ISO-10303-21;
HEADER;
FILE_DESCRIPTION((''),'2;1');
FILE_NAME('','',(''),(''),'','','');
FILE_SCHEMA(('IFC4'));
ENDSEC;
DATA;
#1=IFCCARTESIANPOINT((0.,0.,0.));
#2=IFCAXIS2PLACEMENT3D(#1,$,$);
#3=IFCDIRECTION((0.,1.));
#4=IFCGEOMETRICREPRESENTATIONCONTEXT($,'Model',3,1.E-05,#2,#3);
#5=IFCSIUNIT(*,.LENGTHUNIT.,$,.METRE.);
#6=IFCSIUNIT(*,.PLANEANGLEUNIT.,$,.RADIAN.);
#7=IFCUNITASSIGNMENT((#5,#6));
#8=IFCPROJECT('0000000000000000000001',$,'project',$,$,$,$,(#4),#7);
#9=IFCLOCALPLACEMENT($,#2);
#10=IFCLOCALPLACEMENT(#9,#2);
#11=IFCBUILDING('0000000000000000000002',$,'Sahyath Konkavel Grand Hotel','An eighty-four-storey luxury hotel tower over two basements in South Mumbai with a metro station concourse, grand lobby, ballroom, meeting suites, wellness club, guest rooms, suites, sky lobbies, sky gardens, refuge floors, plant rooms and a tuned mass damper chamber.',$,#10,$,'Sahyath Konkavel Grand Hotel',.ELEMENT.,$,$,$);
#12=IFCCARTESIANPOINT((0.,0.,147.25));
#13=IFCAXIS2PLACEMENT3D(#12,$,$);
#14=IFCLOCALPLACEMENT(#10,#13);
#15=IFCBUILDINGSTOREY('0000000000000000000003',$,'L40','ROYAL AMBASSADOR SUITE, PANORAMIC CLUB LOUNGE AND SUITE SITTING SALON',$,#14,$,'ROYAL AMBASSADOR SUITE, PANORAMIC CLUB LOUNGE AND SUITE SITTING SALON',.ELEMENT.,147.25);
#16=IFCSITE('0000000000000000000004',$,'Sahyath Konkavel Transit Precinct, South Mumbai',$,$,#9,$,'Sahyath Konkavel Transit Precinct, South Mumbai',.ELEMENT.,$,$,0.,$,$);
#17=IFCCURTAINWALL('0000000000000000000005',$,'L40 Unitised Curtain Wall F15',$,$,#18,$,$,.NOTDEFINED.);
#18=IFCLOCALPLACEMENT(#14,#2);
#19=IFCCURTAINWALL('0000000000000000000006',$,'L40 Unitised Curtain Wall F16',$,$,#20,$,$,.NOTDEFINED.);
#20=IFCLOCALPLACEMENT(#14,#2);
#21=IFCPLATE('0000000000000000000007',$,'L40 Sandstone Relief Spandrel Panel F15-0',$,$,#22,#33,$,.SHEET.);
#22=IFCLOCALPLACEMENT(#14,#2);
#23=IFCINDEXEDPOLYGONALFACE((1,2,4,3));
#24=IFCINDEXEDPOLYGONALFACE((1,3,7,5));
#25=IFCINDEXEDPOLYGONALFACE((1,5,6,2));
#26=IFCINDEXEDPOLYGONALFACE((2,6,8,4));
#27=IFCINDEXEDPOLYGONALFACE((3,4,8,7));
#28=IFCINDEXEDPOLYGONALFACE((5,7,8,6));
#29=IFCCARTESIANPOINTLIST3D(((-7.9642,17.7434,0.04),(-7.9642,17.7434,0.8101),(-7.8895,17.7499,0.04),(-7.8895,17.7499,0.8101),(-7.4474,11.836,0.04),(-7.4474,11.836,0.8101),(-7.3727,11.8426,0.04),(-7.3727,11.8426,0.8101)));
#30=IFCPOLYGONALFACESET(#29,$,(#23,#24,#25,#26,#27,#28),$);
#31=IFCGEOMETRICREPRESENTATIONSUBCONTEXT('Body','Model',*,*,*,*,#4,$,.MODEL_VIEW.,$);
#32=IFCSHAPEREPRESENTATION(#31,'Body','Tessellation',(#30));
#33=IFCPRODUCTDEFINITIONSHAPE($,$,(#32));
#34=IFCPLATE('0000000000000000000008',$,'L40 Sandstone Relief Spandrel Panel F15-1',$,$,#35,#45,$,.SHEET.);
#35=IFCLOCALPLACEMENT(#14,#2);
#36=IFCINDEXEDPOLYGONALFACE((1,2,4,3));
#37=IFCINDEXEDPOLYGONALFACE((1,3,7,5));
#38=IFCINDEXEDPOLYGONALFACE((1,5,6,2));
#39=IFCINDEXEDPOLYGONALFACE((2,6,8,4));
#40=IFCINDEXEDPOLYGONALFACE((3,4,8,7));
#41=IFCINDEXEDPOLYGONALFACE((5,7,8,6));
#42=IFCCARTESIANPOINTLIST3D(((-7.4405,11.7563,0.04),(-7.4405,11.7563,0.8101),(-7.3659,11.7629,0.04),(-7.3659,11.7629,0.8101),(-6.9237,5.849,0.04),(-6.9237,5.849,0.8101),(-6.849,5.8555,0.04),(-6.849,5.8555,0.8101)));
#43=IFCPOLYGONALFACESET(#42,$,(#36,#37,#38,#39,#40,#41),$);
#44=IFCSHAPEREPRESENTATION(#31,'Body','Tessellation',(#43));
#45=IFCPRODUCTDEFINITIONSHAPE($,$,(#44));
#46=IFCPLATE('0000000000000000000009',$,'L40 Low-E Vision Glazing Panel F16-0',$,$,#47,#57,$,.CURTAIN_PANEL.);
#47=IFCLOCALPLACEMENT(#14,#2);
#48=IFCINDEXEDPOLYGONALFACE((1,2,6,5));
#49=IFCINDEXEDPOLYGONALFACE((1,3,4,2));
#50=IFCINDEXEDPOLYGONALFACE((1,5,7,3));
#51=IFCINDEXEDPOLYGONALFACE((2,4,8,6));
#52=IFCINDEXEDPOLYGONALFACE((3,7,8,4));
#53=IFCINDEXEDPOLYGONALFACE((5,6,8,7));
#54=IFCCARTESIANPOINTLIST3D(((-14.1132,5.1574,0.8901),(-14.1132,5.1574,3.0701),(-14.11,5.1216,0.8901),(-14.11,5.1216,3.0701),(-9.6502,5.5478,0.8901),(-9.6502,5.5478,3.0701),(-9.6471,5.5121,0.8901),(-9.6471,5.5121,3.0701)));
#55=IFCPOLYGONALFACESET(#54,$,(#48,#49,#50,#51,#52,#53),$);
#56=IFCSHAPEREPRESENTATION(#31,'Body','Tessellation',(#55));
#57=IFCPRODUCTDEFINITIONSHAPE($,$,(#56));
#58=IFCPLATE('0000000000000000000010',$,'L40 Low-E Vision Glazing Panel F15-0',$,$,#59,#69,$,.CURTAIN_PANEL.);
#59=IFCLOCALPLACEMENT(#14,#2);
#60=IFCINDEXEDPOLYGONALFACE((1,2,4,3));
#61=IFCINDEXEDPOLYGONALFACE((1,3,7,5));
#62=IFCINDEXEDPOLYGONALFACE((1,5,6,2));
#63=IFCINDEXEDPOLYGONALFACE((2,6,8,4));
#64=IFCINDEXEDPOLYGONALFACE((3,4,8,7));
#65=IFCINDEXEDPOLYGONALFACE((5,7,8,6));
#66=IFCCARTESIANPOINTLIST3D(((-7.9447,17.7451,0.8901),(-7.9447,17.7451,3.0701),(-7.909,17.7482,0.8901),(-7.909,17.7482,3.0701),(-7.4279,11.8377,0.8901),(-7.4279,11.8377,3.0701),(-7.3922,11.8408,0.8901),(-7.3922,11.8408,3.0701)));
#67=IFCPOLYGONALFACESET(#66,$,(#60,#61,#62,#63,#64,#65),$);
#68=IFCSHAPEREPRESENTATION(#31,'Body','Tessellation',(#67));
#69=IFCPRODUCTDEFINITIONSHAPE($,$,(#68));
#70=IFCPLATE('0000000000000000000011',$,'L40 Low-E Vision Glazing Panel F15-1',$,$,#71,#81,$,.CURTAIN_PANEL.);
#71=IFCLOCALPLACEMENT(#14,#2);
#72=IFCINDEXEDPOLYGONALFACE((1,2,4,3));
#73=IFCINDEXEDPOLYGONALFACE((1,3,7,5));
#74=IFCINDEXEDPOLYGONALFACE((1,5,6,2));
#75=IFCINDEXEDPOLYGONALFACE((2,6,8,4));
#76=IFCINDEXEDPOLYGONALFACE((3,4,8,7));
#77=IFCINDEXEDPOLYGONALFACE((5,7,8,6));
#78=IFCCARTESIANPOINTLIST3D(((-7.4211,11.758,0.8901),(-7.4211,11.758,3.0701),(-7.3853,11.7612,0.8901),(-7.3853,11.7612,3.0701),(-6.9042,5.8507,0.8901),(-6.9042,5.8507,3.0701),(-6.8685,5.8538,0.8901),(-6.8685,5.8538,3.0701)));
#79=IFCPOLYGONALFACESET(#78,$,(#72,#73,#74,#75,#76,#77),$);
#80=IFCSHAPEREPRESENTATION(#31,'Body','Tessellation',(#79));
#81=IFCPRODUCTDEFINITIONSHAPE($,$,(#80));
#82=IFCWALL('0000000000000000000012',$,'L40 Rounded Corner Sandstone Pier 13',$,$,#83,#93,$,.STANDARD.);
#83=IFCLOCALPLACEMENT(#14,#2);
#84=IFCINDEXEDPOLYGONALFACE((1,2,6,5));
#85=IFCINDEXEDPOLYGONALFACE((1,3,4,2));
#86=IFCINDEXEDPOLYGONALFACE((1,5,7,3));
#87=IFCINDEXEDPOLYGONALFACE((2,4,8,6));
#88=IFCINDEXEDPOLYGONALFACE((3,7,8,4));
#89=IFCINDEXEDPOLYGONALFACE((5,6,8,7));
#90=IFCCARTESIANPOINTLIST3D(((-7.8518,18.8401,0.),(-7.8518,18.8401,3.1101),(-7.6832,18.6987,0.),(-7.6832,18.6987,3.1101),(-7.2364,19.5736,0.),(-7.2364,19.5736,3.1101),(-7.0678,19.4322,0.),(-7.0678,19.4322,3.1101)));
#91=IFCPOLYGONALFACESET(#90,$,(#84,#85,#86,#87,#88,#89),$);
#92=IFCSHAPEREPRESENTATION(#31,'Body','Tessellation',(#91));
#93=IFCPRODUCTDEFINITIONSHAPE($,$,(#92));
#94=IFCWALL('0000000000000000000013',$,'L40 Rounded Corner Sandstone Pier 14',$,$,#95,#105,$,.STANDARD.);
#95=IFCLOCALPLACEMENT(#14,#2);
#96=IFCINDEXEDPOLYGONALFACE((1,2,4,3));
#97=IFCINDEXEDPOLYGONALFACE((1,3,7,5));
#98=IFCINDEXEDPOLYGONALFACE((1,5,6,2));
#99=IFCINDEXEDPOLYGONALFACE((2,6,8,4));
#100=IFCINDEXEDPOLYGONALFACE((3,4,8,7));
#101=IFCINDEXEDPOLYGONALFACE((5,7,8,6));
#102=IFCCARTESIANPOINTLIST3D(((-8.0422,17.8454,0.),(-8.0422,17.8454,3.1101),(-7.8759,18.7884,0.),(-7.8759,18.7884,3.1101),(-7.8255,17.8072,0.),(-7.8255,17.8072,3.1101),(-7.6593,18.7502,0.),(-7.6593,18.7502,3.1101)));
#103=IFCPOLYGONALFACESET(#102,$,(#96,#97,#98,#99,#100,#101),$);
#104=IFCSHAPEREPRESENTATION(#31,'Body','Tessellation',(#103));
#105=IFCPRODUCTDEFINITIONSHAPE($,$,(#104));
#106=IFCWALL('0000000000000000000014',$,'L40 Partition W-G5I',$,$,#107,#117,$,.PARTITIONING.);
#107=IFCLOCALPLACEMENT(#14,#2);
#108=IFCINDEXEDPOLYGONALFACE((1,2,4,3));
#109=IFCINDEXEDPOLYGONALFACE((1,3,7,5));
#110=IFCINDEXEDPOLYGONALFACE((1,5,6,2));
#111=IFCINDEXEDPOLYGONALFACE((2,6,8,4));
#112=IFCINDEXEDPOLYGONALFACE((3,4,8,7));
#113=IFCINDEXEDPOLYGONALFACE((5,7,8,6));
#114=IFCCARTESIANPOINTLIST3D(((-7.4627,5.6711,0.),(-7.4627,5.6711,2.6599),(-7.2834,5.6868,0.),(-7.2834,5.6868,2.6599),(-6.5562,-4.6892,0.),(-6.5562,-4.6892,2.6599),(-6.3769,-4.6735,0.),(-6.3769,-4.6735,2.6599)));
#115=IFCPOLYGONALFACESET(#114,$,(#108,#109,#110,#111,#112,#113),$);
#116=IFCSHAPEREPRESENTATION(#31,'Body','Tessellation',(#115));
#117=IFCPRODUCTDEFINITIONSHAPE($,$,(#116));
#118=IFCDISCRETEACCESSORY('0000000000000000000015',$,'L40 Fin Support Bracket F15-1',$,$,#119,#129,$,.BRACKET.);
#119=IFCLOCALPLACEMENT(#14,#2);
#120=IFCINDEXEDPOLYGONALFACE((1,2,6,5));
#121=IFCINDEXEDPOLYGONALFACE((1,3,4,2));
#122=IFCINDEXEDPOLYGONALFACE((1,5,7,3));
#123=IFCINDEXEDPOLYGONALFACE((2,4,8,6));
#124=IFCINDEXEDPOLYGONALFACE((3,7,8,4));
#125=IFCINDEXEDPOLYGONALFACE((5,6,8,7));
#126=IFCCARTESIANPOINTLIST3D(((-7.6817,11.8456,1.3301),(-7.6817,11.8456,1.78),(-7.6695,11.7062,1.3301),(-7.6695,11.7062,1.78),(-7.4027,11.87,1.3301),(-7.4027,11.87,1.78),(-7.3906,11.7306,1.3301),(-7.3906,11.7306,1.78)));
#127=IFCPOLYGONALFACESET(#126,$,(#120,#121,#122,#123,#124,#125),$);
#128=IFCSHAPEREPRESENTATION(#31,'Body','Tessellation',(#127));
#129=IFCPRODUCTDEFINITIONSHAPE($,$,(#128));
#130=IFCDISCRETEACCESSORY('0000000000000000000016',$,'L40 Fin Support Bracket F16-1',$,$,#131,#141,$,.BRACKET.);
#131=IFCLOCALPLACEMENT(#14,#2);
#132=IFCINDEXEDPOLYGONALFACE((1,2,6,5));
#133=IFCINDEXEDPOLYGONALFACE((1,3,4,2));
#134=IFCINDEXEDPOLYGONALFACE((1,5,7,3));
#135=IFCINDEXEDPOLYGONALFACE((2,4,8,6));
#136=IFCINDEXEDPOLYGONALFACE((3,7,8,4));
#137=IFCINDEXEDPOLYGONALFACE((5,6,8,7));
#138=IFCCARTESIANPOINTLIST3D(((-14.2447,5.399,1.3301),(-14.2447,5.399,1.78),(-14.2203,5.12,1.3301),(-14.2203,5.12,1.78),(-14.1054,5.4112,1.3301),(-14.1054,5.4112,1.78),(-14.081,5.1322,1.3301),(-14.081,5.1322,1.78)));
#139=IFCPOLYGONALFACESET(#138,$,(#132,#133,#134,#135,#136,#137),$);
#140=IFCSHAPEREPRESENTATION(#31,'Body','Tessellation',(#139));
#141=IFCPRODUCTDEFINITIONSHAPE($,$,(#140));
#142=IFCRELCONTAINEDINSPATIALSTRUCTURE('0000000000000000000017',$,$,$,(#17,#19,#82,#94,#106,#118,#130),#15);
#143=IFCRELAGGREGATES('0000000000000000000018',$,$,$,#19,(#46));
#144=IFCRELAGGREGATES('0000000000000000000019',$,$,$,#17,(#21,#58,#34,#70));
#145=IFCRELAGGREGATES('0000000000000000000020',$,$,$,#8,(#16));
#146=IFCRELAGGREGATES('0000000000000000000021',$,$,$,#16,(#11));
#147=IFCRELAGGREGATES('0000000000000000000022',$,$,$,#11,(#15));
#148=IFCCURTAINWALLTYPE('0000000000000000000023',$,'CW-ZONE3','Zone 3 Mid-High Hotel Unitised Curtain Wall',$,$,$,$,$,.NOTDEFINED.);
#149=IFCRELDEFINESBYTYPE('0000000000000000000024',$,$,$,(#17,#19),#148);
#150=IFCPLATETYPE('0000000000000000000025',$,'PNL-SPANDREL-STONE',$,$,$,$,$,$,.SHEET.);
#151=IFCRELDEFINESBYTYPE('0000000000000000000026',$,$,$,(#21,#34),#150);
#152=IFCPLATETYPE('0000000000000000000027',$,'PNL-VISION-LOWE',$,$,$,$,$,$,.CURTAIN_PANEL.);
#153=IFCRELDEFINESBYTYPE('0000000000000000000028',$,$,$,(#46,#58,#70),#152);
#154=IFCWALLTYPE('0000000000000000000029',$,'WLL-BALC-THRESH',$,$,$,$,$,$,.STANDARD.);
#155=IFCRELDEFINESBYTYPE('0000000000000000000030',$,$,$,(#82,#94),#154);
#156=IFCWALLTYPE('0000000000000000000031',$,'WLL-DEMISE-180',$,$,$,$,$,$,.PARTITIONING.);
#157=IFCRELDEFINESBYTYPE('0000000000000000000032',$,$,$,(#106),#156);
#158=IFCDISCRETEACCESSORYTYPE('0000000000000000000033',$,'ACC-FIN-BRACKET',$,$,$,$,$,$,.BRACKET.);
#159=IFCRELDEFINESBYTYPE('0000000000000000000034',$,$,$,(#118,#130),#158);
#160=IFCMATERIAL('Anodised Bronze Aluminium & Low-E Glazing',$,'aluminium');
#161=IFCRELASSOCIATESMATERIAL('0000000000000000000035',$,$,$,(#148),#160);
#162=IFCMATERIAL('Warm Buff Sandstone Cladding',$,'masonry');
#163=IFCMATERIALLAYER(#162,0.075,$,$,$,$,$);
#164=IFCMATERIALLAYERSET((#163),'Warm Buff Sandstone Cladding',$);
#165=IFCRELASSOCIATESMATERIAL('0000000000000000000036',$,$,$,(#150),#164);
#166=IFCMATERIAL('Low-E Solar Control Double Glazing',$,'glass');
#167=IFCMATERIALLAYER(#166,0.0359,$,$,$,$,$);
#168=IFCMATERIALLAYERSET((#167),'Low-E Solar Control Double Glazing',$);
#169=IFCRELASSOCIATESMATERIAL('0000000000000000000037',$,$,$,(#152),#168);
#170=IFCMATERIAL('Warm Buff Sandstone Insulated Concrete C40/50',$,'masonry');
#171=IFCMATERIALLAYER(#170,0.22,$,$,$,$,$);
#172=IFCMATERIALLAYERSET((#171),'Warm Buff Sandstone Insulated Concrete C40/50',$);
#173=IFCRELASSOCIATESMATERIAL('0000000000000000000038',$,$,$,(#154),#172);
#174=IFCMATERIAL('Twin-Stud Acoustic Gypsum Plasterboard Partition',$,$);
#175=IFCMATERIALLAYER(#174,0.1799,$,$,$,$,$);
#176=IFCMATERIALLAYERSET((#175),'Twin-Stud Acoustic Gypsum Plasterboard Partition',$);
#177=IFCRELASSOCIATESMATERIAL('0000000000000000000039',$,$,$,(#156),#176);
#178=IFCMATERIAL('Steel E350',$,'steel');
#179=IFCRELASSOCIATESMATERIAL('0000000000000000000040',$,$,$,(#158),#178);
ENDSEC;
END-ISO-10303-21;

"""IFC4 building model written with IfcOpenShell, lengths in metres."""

from ifc_helpers import new_model, si_unit, direction, frame, frame_2d, origin, origin_2d, place, context, subcontext, project, spatial, rectangle, extrude, source, transform, mapped, material, layer, layer_set, type_object, element, aggregate, save


model = new_model("IFC4")

# Units and contexts
model_context = context("Model", 3, precision=1e-05, world=origin(), true_north=direction((0.0, 1.0)))
body_context = subcontext(model_context, "Body", "Model", "MODEL_VIEW")
ifc_project = project(units=[si_unit("LENGTHUNIT", "METRE"), si_unit("PLANEANGLEUNIT", "RADIAN")], contexts=[model_context])

# Site, building, storey
site_placement = place(None, origin())
site = spatial("IfcSite", under=ifc_project, at=site_placement, Name="Sahyath Konkavel Transit Precinct, South Mumbai", LongName="Sahyath Konkavel Transit Precinct, South Mumbai", CompositionType="ELEMENT", RefElevation=0.0)
building_placement = place(site_placement, origin())
building = spatial("IfcBuilding", under=site, at=building_placement, Name="Sahyath Konkavel Grand Hotel", Description="An eighty-four-storey luxury hotel tower over two basements in South Mumbai with a metro station concourse, grand lobby, ballroom, meeting suites, wellness club, guest rooms, suites, sky lobbies, sky gardens, refuge floors, plant rooms and a tuned mass damper chamber.", LongName="Sahyath Konkavel Grand Hotel", CompositionType="ELEMENT")
storey_placement = place(building_placement, frame((0.0, 0.0, 147.25)))
storey = spatial("IfcBuildingStorey", under=building, at=storey_placement, Name="L40", Description="ROYAL AMBASSADOR SUITE, PANORAMIC CLUB LOUNGE AND SUITE SITTING SALON", LongName="ROYAL AMBASSADOR SUITE, PANORAMIC CLUB LOUNGE AND SUITE SITTING SALON", CompositionType="ELEMENT", Elevation=147.25)

# Curtain walls
ifc_material_1 = material(Name="Anodised Bronze Aluminium & Low-E Glazing", Category="aluminium")
curtain_wall_type = type_object("IfcCurtainWallType", Name="CW-ZONE3", Description="Zone 3 Mid-High Hotel Unitised Curtain Wall", PredefinedType="NOTDEFINED", material=ifc_material_1)
curtain_wall_1_placement = place(storey_placement, origin())
curtain_wall_1 = element("IfcCurtainWall", 1, at=curtain_wall_1_placement, inside=storey, type_object=curtain_wall_type, Name="L40 Unitised Curtain Wall F15", PredefinedType="NOTDEFINED")
curtain_wall_2_placement = place(storey_placement, origin())
curtain_wall_2 = element("IfcCurtainWall", 2, at=curtain_wall_2_placement, inside=storey, type_object=curtain_wall_type, Name="L40 Unitised Curtain Wall F16", PredefinedType="NOTDEFINED")

# Plates
ifc_material_2 = material(Name="Warm Buff Sandstone Cladding", Category="masonry")
ifc_layer_1 = layer(ifc_material_2, 0.075)
ifc_layer_set_1 = layer_set([ifc_layer_1], Name="Warm Buff Sandstone Cladding")
plate_type_1 = type_object("IfcPlateType", Name="PNL-SPANDREL-STONE", PredefinedType="SHEET", material=ifc_layer_set_1)
shared_shape_1 = source(origin(), body_context, "Body", "SweptSolid", [
    extrude(rectangle(XDim=5.9299, YDim=0.075, at=origin_2d()), origin(), (0.0, 0.0, 1.0), 0.77),
])
plate_1_placement = place(storey_placement, frame((-7.6685, 14.793, 0.04), z_axis=(0.0, 0.0, 1.0), x_axis=(0.087156, -0.996195, 0.0)))
plate_1 = element("IfcPlate", 3, at=plate_1_placement, type_object=plate_type_1, Name="L40 Sandstone Relief Spandrel Panel F15-0", PredefinedType="SHEET", context=body_context, shape_type="MappedRepresentation", body=[
    mapped(shared_shape_1, transform((0.0, 0.0, 0.0), scale=1.0)),
])
plate_2_placement = place(storey_placement, frame((-7.1448, 8.8059, 0.04), z_axis=(0.0, 0.0, 1.0), x_axis=(0.087156, -0.996195, 0.0)))
plate_2 = element("IfcPlate", 4, at=plate_2_placement, type_object=plate_type_1, Name="L40 Sandstone Relief Spandrel Panel F15-1", PredefinedType="SHEET", context=body_context, shape_type="MappedRepresentation", body=[
    mapped(shared_shape_1, transform((0.0, 0.0, 0.0), scale=1.0)),
])
ifc_material_3 = material(Name="Low-E Solar Control Double Glazing", Category="glass")
ifc_layer_2 = layer(ifc_material_3, 0.0359)
ifc_layer_set_2 = layer_set([ifc_layer_2], Name="Low-E Solar Control Double Glazing")
plate_type_2 = type_object("IfcPlateType", Name="PNL-VISION-LOWE", PredefinedType="CURTAIN_PANEL", material=ifc_layer_set_2)
shared_shape_2 = source(origin(), body_context, "Body", "SweptSolid", [
    extrude(rectangle(XDim=4.48, YDim=0.0359, at=origin_2d()), origin(), (0.0, 0.0, 1.0), 2.1799),
])
plate_3_placement = place(storey_placement, frame((-11.8801, 5.3347, 0.8901), z_axis=(0.0, 0.0, 1.0), x_axis=(-0.996195, -0.087156, 0.0)))
plate_3 = element("IfcPlate", 5, at=plate_3_placement, type_object=plate_type_2, Name="L40 Low-E Vision Glazing Panel F16-0", PredefinedType="CURTAIN_PANEL", context=body_context, shape_type="MappedRepresentation", body=[
    mapped(shared_shape_2, transform((0.0, 0.0, 0.0), scale=1.0)),
])
aggregate(curtain_wall_2, [plate_3])
shared_shape_3 = source(origin(), body_context, "Body", "SweptSolid", [
    extrude(rectangle(XDim=5.9299, YDim=0.0359, at=origin_2d()), origin(), (0.0, 0.0, 1.0), 2.1799),
])
plate_4_placement = place(storey_placement, frame((-7.6685, 14.793, 0.8901), z_axis=(0.0, 0.0, 1.0), x_axis=(0.087156, -0.996195, 0.0)))
plate_4 = element("IfcPlate", 6, at=plate_4_placement, type_object=plate_type_2, Name="L40 Low-E Vision Glazing Panel F15-0", PredefinedType="CURTAIN_PANEL", context=body_context, shape_type="MappedRepresentation", body=[
    mapped(shared_shape_3, transform((0.0, 0.0, 0.0), scale=1.0)),
])
plate_5_placement = place(storey_placement, frame((-7.1448, 8.8059, 0.8901), z_axis=(0.0, 0.0, 1.0), x_axis=(0.087156, -0.996195, 0.0)))
plate_5 = element("IfcPlate", 7, at=plate_5_placement, type_object=plate_type_2, Name="L40 Low-E Vision Glazing Panel F15-1", PredefinedType="CURTAIN_PANEL", context=body_context, shape_type="MappedRepresentation", body=[
    mapped(shared_shape_3, transform((0.0, 0.0, 0.0), scale=1.0)),
])
aggregate(curtain_wall_1, [plate_1, plate_4, plate_2, plate_5])

# Walls
ifc_material_4 = material(Name="Warm Buff Sandstone Insulated Concrete C40/50", Category="masonry")
ifc_layer_3 = layer(ifc_material_4, 0.22)
ifc_layer_set_3 = layer_set([ifc_layer_3], Name="Warm Buff Sandstone Insulated Concrete C40/50")
wall_type_1 = type_object("IfcWallType", Name="WLL-BALC-THRESH", PredefinedType="STANDARD", material=ifc_layer_set_3)
for number, where, z_axis, x_axis, name in (
    (8, (-7.1521, 19.5029, 0.0), (0.0, 0.0, 1.0), (-0.642714, -0.766107, 0.0), "L40 Rounded Corner Sandstone Pier 13"),
    (9, (-7.7676, 18.7693, 0.0), (0.0, 0.0, 1.0), (-0.173654, -0.984807, 0.0), "L40 Rounded Corner Sandstone Pier 14"),
):
    element("IfcWall", number, at=place(storey_placement, frame(where, z_axis=z_axis, x_axis=x_axis)), inside=storey, type_object=wall_type_1, Name=name, PredefinedType="STANDARD", context=body_context, shape_type="SweptSolid", body=[
        extrude(rectangle(XDim=0.9575, YDim=0.22, at=frame_2d((0.4788, 0.0))), origin(), (0.0, 0.0, 1.0), 3.1101),
    ])
ifc_material_5 = material(Name="Twin-Stud Acoustic Gypsum Plasterboard Partition")
ifc_layer_4 = layer(ifc_material_5, 0.1799)
ifc_layer_set_4 = layer_set([ifc_layer_4], Name="Twin-Stud Acoustic Gypsum Plasterboard Partition")
wall_type_2 = type_object("IfcWallType", Name="WLL-DEMISE-180", PredefinedType="PARTITIONING", material=ifc_layer_set_4)
wall_placement = place(storey_placement, frame((-7.373, 5.679, 0.0), z_axis=(0.0, 0.0, 1.0), x_axis=(0.087163, -0.996194, 0.0)))
element("IfcWall", 10, at=wall_placement, inside=storey, type_object=wall_type_2, Name="L40 Partition W-G5I", PredefinedType="PARTITIONING", context=body_context, shape_type="SweptSolid", body=[
    extrude(rectangle(XDim=10.3999, YDim=0.1799, at=frame_2d((5.2, 0.0))), origin(), (0.0, 0.0, 1.0), 2.6599),
])

# Discrete accessories
ifc_material_6 = material(Name="Steel E350", Category="steel")
discrete_accessory_type = type_object("IfcDiscreteAccessoryType", Name="ACC-FIN-BRACKET", PredefinedType="BRACKET", material=ifc_material_6)
shared_shape_4 = source(origin(), body_context, "Body", "SweptSolid", [
    extrude(rectangle(XDim=0.28, YDim=0.1399, at=origin_2d()), origin(), (0.0, 0.0, 1.0), 0.45),
])
for number, where, z_axis, x_axis, name in (
    (11, (-7.5361, 11.7881, 1.3301), (0.0, 0.0, 1.0), (-0.996195, -0.087156, 0.0), "L40 Fin Support Bracket F15-1"),
    (12, (-14.1628, 5.2656, 1.3301), (0.0, 0.0, 1.0), (-0.087156, 0.996195, 0.0), "L40 Fin Support Bracket F16-1"),
):
    element("IfcDiscreteAccessory", number, at=place(storey_placement, frame(where, z_axis=z_axis, x_axis=x_axis)), inside=storey, type_object=discrete_accessory_type, Name=name, PredefinedType="BRACKET", context=body_context, shape_type="MappedRepresentation", body=[
        mapped(shared_shape_4, transform((0.0, 0.0, 0.0), scale=1.0)),
    ])

save(model, "model.ifc")
